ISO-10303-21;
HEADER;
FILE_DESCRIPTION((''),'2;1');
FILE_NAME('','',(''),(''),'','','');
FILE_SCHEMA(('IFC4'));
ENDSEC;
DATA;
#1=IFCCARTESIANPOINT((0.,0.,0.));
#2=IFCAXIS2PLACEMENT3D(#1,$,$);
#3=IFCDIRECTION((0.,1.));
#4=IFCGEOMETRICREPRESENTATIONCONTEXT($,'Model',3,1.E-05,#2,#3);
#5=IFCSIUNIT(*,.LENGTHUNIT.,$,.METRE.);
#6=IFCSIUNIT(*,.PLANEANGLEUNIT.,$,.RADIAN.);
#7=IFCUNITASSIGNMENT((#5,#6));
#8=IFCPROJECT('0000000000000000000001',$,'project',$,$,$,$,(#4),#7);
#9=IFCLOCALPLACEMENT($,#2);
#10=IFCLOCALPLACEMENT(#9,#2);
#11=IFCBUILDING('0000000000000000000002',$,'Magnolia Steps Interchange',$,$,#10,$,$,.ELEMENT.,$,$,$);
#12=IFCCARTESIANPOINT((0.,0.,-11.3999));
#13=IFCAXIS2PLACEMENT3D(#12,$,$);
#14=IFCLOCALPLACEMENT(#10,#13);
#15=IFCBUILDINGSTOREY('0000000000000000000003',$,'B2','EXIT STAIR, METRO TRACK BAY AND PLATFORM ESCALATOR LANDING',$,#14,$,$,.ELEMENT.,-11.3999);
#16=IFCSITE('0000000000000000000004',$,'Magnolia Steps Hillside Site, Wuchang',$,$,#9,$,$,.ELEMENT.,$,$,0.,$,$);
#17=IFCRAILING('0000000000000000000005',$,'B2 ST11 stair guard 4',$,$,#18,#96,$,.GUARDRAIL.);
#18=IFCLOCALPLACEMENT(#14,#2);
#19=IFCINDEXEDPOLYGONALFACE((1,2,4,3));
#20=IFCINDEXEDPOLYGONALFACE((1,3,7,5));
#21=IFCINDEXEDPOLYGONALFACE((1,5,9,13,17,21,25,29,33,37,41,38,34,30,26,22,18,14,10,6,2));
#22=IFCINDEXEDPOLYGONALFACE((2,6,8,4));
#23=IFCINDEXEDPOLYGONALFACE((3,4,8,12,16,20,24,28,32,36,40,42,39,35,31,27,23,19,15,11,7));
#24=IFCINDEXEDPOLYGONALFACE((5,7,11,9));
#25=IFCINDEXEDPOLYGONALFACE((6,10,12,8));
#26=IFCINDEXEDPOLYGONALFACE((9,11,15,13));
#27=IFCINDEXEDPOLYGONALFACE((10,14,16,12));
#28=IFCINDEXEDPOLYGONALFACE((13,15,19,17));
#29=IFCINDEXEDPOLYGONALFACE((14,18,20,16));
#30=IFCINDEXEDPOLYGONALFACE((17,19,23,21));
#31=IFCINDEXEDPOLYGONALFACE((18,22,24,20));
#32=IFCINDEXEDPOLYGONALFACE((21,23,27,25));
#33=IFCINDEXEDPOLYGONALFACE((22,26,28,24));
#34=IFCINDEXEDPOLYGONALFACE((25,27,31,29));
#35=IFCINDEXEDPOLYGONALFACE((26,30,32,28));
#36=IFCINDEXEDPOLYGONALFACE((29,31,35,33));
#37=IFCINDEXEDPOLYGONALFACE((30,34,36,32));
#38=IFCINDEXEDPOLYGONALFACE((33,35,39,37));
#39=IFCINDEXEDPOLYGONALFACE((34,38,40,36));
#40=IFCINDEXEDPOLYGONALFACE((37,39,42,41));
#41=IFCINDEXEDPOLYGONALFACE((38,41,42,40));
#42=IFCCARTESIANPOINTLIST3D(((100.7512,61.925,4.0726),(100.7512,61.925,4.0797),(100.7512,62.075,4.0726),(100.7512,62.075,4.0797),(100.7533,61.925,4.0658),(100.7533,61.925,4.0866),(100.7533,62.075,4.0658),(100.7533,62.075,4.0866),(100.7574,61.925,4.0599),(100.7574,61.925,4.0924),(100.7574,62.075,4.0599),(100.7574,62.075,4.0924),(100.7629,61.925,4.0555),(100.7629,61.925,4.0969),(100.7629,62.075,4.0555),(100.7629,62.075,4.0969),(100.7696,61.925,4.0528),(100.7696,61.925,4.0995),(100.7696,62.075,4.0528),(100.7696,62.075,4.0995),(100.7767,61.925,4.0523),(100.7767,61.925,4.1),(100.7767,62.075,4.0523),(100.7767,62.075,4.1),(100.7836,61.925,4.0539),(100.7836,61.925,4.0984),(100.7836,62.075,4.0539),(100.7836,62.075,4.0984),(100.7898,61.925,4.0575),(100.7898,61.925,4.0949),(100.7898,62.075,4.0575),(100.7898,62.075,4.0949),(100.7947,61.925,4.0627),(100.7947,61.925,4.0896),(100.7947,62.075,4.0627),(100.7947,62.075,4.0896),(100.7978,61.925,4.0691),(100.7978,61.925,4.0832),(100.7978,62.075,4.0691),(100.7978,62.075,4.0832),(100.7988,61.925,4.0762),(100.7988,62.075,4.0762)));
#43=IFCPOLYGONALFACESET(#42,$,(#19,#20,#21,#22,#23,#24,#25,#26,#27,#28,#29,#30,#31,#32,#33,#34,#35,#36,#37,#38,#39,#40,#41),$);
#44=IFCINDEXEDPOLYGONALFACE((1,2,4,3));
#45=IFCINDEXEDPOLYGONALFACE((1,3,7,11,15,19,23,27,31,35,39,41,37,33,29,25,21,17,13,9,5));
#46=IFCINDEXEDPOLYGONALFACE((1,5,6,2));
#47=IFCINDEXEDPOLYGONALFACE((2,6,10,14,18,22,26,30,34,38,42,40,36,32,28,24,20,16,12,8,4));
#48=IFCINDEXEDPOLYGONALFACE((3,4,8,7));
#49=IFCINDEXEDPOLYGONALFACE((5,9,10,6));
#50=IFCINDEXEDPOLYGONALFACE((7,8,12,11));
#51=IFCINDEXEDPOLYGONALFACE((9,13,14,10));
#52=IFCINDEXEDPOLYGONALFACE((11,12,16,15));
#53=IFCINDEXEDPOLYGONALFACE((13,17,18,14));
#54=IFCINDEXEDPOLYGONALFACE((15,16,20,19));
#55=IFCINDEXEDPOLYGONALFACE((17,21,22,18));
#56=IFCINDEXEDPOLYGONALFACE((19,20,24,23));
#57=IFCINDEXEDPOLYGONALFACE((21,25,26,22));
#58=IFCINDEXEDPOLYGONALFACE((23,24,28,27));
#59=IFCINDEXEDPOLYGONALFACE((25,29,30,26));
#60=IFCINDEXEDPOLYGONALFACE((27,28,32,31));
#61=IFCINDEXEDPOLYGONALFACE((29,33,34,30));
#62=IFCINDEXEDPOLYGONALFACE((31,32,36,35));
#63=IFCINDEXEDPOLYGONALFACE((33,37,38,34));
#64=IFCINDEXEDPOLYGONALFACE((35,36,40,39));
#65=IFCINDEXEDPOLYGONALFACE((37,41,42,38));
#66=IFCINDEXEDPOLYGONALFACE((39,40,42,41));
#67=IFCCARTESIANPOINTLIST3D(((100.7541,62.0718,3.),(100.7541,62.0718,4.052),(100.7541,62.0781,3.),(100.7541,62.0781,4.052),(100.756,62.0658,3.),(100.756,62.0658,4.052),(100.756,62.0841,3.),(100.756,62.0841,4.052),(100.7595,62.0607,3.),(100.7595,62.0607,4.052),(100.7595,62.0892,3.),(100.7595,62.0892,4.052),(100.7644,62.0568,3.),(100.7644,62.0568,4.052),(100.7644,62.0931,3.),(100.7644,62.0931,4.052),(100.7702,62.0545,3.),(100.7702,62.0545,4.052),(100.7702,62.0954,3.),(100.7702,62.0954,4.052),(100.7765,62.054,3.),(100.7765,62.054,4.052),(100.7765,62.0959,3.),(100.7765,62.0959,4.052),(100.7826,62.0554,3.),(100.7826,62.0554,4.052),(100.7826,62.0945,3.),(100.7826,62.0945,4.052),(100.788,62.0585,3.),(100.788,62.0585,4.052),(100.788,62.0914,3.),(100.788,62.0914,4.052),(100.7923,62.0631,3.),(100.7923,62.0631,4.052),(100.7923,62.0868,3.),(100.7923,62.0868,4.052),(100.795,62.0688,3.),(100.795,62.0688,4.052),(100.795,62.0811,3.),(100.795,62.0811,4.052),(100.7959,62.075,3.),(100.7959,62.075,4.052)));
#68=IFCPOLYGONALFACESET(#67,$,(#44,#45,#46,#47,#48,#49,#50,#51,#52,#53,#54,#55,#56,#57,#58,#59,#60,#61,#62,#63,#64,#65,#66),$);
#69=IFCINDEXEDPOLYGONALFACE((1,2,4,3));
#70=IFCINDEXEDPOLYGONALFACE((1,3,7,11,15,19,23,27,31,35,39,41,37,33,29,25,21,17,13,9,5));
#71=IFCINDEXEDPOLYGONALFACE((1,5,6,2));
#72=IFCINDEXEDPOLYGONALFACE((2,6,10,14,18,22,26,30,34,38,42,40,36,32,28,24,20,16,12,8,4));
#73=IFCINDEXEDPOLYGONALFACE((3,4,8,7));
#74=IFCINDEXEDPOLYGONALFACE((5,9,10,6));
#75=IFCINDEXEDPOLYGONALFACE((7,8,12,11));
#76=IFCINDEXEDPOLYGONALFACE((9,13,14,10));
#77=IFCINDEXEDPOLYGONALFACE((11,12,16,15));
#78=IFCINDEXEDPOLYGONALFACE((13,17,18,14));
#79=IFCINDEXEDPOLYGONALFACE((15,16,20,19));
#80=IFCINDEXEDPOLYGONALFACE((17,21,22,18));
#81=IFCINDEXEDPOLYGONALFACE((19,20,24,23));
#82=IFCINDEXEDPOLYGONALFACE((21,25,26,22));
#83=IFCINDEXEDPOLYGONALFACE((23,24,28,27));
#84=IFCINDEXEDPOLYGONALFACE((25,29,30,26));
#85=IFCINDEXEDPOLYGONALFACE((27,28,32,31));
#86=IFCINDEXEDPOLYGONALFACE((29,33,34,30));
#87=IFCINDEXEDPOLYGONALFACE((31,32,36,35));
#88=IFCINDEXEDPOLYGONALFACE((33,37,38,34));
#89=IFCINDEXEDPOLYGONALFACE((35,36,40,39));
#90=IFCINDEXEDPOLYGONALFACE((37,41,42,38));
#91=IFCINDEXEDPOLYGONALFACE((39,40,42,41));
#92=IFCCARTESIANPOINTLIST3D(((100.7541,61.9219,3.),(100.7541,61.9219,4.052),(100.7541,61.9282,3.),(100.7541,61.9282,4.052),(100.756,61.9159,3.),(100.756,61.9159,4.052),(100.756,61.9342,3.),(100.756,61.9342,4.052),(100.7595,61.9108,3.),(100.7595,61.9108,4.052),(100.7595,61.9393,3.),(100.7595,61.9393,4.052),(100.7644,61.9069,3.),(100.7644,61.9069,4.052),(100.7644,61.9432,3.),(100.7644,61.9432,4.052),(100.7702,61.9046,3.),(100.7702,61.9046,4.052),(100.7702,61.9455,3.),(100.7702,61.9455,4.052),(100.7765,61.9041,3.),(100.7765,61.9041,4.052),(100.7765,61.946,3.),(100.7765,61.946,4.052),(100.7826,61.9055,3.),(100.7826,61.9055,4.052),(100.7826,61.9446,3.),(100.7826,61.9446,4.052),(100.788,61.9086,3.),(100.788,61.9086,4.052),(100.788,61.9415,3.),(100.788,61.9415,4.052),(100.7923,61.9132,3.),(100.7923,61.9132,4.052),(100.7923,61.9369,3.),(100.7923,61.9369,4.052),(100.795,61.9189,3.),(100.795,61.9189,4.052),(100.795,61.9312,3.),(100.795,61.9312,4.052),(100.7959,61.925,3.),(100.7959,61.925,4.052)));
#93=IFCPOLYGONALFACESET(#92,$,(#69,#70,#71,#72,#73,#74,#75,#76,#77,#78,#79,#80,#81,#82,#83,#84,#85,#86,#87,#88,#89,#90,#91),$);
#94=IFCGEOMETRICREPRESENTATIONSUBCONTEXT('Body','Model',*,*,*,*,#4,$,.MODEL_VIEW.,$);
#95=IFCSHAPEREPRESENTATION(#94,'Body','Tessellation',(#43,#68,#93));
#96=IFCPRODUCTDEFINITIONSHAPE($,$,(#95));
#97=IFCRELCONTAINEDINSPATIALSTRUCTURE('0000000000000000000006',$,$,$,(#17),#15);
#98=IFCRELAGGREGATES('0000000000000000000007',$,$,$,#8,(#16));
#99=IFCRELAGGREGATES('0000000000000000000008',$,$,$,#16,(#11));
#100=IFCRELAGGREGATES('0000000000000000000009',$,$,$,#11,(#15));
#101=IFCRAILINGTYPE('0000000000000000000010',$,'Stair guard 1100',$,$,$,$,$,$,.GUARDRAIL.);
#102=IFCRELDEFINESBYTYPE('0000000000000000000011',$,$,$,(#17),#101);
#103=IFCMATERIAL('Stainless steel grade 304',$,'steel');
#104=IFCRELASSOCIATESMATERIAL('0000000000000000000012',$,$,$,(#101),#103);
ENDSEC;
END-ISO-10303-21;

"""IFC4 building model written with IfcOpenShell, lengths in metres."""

from ifc_helpers import new_model, si_unit, direction, frame, origin, origin_2d, place, context, subcontext, project, spatial, circle, extrude, material, type_object, element, save


model = new_model("IFC4")

# Units and contexts
model_context = context("Model", 3, precision=1e-05, world=origin(), true_north=direction((0.0, 1.0)))
body_context = subcontext(model_context, "Body", "Model", "MODEL_VIEW")
ifc_project = project(units=[si_unit("LENGTHUNIT", "METRE"), si_unit("PLANEANGLEUNIT", "RADIAN")], contexts=[model_context])

# Site, building, storey
site_placement = place(None, origin())
site = spatial("IfcSite", under=ifc_project, at=site_placement, Name="Magnolia Steps Hillside Site, Wuchang", CompositionType="ELEMENT", RefElevation=0.0)
building_placement = place(site_placement, origin())
building = spatial("IfcBuilding", under=site, at=building_placement, Name="Magnolia Steps Interchange", CompositionType="ELEMENT")
storey_placement = place(building_placement, frame((0.0, 0.0, -11.3999)))
storey = spatial("IfcBuildingStorey", under=building, at=storey_placement, Name="B2", Description="EXIT STAIR, METRO TRACK BAY AND PLATFORM ESCALATOR LANDING", CompositionType="ELEMENT", Elevation=-11.3999)

# Railing
ifc_material_1 = material(Name="Stainless steel grade 304", Category="steel")
railing_type_1 = type_object("IfcRailingType", Name="Stair guard 1100", PredefinedType="GUARDRAIL", material=ifc_material_1)
railing_1_placement = place(storey_placement, frame((100.7749, 62.075, 3.0)))
element("IfcRailing", 1, at=railing_1_placement, inside=storey, type_object=railing_type_1, Name="B2 ST11 stair guard 4", PredefinedType="GUARDRAIL", context=body_context, shape_type="SweptSolid", body=[
    extrude(circle(Radius=0.0239, at=origin_2d()), frame((0.0, 0.0, 1.0762), z_axis=(0.0, -1.0, 0.0), x_axis=(1.0, 0.0, 0.0)), (0.0, 0.0, 1.0), 0.1499),
    extrude(circle(Radius=0.021, at=origin_2d()), origin(), (0.0, 0.0, 1.0), 1.052),
    extrude(circle(Radius=0.021, at=origin_2d()), frame((0.0, -0.1499, 0.0)), (0.0, 0.0, 1.0), 1.052),
])

save(model, "model.ifc")
